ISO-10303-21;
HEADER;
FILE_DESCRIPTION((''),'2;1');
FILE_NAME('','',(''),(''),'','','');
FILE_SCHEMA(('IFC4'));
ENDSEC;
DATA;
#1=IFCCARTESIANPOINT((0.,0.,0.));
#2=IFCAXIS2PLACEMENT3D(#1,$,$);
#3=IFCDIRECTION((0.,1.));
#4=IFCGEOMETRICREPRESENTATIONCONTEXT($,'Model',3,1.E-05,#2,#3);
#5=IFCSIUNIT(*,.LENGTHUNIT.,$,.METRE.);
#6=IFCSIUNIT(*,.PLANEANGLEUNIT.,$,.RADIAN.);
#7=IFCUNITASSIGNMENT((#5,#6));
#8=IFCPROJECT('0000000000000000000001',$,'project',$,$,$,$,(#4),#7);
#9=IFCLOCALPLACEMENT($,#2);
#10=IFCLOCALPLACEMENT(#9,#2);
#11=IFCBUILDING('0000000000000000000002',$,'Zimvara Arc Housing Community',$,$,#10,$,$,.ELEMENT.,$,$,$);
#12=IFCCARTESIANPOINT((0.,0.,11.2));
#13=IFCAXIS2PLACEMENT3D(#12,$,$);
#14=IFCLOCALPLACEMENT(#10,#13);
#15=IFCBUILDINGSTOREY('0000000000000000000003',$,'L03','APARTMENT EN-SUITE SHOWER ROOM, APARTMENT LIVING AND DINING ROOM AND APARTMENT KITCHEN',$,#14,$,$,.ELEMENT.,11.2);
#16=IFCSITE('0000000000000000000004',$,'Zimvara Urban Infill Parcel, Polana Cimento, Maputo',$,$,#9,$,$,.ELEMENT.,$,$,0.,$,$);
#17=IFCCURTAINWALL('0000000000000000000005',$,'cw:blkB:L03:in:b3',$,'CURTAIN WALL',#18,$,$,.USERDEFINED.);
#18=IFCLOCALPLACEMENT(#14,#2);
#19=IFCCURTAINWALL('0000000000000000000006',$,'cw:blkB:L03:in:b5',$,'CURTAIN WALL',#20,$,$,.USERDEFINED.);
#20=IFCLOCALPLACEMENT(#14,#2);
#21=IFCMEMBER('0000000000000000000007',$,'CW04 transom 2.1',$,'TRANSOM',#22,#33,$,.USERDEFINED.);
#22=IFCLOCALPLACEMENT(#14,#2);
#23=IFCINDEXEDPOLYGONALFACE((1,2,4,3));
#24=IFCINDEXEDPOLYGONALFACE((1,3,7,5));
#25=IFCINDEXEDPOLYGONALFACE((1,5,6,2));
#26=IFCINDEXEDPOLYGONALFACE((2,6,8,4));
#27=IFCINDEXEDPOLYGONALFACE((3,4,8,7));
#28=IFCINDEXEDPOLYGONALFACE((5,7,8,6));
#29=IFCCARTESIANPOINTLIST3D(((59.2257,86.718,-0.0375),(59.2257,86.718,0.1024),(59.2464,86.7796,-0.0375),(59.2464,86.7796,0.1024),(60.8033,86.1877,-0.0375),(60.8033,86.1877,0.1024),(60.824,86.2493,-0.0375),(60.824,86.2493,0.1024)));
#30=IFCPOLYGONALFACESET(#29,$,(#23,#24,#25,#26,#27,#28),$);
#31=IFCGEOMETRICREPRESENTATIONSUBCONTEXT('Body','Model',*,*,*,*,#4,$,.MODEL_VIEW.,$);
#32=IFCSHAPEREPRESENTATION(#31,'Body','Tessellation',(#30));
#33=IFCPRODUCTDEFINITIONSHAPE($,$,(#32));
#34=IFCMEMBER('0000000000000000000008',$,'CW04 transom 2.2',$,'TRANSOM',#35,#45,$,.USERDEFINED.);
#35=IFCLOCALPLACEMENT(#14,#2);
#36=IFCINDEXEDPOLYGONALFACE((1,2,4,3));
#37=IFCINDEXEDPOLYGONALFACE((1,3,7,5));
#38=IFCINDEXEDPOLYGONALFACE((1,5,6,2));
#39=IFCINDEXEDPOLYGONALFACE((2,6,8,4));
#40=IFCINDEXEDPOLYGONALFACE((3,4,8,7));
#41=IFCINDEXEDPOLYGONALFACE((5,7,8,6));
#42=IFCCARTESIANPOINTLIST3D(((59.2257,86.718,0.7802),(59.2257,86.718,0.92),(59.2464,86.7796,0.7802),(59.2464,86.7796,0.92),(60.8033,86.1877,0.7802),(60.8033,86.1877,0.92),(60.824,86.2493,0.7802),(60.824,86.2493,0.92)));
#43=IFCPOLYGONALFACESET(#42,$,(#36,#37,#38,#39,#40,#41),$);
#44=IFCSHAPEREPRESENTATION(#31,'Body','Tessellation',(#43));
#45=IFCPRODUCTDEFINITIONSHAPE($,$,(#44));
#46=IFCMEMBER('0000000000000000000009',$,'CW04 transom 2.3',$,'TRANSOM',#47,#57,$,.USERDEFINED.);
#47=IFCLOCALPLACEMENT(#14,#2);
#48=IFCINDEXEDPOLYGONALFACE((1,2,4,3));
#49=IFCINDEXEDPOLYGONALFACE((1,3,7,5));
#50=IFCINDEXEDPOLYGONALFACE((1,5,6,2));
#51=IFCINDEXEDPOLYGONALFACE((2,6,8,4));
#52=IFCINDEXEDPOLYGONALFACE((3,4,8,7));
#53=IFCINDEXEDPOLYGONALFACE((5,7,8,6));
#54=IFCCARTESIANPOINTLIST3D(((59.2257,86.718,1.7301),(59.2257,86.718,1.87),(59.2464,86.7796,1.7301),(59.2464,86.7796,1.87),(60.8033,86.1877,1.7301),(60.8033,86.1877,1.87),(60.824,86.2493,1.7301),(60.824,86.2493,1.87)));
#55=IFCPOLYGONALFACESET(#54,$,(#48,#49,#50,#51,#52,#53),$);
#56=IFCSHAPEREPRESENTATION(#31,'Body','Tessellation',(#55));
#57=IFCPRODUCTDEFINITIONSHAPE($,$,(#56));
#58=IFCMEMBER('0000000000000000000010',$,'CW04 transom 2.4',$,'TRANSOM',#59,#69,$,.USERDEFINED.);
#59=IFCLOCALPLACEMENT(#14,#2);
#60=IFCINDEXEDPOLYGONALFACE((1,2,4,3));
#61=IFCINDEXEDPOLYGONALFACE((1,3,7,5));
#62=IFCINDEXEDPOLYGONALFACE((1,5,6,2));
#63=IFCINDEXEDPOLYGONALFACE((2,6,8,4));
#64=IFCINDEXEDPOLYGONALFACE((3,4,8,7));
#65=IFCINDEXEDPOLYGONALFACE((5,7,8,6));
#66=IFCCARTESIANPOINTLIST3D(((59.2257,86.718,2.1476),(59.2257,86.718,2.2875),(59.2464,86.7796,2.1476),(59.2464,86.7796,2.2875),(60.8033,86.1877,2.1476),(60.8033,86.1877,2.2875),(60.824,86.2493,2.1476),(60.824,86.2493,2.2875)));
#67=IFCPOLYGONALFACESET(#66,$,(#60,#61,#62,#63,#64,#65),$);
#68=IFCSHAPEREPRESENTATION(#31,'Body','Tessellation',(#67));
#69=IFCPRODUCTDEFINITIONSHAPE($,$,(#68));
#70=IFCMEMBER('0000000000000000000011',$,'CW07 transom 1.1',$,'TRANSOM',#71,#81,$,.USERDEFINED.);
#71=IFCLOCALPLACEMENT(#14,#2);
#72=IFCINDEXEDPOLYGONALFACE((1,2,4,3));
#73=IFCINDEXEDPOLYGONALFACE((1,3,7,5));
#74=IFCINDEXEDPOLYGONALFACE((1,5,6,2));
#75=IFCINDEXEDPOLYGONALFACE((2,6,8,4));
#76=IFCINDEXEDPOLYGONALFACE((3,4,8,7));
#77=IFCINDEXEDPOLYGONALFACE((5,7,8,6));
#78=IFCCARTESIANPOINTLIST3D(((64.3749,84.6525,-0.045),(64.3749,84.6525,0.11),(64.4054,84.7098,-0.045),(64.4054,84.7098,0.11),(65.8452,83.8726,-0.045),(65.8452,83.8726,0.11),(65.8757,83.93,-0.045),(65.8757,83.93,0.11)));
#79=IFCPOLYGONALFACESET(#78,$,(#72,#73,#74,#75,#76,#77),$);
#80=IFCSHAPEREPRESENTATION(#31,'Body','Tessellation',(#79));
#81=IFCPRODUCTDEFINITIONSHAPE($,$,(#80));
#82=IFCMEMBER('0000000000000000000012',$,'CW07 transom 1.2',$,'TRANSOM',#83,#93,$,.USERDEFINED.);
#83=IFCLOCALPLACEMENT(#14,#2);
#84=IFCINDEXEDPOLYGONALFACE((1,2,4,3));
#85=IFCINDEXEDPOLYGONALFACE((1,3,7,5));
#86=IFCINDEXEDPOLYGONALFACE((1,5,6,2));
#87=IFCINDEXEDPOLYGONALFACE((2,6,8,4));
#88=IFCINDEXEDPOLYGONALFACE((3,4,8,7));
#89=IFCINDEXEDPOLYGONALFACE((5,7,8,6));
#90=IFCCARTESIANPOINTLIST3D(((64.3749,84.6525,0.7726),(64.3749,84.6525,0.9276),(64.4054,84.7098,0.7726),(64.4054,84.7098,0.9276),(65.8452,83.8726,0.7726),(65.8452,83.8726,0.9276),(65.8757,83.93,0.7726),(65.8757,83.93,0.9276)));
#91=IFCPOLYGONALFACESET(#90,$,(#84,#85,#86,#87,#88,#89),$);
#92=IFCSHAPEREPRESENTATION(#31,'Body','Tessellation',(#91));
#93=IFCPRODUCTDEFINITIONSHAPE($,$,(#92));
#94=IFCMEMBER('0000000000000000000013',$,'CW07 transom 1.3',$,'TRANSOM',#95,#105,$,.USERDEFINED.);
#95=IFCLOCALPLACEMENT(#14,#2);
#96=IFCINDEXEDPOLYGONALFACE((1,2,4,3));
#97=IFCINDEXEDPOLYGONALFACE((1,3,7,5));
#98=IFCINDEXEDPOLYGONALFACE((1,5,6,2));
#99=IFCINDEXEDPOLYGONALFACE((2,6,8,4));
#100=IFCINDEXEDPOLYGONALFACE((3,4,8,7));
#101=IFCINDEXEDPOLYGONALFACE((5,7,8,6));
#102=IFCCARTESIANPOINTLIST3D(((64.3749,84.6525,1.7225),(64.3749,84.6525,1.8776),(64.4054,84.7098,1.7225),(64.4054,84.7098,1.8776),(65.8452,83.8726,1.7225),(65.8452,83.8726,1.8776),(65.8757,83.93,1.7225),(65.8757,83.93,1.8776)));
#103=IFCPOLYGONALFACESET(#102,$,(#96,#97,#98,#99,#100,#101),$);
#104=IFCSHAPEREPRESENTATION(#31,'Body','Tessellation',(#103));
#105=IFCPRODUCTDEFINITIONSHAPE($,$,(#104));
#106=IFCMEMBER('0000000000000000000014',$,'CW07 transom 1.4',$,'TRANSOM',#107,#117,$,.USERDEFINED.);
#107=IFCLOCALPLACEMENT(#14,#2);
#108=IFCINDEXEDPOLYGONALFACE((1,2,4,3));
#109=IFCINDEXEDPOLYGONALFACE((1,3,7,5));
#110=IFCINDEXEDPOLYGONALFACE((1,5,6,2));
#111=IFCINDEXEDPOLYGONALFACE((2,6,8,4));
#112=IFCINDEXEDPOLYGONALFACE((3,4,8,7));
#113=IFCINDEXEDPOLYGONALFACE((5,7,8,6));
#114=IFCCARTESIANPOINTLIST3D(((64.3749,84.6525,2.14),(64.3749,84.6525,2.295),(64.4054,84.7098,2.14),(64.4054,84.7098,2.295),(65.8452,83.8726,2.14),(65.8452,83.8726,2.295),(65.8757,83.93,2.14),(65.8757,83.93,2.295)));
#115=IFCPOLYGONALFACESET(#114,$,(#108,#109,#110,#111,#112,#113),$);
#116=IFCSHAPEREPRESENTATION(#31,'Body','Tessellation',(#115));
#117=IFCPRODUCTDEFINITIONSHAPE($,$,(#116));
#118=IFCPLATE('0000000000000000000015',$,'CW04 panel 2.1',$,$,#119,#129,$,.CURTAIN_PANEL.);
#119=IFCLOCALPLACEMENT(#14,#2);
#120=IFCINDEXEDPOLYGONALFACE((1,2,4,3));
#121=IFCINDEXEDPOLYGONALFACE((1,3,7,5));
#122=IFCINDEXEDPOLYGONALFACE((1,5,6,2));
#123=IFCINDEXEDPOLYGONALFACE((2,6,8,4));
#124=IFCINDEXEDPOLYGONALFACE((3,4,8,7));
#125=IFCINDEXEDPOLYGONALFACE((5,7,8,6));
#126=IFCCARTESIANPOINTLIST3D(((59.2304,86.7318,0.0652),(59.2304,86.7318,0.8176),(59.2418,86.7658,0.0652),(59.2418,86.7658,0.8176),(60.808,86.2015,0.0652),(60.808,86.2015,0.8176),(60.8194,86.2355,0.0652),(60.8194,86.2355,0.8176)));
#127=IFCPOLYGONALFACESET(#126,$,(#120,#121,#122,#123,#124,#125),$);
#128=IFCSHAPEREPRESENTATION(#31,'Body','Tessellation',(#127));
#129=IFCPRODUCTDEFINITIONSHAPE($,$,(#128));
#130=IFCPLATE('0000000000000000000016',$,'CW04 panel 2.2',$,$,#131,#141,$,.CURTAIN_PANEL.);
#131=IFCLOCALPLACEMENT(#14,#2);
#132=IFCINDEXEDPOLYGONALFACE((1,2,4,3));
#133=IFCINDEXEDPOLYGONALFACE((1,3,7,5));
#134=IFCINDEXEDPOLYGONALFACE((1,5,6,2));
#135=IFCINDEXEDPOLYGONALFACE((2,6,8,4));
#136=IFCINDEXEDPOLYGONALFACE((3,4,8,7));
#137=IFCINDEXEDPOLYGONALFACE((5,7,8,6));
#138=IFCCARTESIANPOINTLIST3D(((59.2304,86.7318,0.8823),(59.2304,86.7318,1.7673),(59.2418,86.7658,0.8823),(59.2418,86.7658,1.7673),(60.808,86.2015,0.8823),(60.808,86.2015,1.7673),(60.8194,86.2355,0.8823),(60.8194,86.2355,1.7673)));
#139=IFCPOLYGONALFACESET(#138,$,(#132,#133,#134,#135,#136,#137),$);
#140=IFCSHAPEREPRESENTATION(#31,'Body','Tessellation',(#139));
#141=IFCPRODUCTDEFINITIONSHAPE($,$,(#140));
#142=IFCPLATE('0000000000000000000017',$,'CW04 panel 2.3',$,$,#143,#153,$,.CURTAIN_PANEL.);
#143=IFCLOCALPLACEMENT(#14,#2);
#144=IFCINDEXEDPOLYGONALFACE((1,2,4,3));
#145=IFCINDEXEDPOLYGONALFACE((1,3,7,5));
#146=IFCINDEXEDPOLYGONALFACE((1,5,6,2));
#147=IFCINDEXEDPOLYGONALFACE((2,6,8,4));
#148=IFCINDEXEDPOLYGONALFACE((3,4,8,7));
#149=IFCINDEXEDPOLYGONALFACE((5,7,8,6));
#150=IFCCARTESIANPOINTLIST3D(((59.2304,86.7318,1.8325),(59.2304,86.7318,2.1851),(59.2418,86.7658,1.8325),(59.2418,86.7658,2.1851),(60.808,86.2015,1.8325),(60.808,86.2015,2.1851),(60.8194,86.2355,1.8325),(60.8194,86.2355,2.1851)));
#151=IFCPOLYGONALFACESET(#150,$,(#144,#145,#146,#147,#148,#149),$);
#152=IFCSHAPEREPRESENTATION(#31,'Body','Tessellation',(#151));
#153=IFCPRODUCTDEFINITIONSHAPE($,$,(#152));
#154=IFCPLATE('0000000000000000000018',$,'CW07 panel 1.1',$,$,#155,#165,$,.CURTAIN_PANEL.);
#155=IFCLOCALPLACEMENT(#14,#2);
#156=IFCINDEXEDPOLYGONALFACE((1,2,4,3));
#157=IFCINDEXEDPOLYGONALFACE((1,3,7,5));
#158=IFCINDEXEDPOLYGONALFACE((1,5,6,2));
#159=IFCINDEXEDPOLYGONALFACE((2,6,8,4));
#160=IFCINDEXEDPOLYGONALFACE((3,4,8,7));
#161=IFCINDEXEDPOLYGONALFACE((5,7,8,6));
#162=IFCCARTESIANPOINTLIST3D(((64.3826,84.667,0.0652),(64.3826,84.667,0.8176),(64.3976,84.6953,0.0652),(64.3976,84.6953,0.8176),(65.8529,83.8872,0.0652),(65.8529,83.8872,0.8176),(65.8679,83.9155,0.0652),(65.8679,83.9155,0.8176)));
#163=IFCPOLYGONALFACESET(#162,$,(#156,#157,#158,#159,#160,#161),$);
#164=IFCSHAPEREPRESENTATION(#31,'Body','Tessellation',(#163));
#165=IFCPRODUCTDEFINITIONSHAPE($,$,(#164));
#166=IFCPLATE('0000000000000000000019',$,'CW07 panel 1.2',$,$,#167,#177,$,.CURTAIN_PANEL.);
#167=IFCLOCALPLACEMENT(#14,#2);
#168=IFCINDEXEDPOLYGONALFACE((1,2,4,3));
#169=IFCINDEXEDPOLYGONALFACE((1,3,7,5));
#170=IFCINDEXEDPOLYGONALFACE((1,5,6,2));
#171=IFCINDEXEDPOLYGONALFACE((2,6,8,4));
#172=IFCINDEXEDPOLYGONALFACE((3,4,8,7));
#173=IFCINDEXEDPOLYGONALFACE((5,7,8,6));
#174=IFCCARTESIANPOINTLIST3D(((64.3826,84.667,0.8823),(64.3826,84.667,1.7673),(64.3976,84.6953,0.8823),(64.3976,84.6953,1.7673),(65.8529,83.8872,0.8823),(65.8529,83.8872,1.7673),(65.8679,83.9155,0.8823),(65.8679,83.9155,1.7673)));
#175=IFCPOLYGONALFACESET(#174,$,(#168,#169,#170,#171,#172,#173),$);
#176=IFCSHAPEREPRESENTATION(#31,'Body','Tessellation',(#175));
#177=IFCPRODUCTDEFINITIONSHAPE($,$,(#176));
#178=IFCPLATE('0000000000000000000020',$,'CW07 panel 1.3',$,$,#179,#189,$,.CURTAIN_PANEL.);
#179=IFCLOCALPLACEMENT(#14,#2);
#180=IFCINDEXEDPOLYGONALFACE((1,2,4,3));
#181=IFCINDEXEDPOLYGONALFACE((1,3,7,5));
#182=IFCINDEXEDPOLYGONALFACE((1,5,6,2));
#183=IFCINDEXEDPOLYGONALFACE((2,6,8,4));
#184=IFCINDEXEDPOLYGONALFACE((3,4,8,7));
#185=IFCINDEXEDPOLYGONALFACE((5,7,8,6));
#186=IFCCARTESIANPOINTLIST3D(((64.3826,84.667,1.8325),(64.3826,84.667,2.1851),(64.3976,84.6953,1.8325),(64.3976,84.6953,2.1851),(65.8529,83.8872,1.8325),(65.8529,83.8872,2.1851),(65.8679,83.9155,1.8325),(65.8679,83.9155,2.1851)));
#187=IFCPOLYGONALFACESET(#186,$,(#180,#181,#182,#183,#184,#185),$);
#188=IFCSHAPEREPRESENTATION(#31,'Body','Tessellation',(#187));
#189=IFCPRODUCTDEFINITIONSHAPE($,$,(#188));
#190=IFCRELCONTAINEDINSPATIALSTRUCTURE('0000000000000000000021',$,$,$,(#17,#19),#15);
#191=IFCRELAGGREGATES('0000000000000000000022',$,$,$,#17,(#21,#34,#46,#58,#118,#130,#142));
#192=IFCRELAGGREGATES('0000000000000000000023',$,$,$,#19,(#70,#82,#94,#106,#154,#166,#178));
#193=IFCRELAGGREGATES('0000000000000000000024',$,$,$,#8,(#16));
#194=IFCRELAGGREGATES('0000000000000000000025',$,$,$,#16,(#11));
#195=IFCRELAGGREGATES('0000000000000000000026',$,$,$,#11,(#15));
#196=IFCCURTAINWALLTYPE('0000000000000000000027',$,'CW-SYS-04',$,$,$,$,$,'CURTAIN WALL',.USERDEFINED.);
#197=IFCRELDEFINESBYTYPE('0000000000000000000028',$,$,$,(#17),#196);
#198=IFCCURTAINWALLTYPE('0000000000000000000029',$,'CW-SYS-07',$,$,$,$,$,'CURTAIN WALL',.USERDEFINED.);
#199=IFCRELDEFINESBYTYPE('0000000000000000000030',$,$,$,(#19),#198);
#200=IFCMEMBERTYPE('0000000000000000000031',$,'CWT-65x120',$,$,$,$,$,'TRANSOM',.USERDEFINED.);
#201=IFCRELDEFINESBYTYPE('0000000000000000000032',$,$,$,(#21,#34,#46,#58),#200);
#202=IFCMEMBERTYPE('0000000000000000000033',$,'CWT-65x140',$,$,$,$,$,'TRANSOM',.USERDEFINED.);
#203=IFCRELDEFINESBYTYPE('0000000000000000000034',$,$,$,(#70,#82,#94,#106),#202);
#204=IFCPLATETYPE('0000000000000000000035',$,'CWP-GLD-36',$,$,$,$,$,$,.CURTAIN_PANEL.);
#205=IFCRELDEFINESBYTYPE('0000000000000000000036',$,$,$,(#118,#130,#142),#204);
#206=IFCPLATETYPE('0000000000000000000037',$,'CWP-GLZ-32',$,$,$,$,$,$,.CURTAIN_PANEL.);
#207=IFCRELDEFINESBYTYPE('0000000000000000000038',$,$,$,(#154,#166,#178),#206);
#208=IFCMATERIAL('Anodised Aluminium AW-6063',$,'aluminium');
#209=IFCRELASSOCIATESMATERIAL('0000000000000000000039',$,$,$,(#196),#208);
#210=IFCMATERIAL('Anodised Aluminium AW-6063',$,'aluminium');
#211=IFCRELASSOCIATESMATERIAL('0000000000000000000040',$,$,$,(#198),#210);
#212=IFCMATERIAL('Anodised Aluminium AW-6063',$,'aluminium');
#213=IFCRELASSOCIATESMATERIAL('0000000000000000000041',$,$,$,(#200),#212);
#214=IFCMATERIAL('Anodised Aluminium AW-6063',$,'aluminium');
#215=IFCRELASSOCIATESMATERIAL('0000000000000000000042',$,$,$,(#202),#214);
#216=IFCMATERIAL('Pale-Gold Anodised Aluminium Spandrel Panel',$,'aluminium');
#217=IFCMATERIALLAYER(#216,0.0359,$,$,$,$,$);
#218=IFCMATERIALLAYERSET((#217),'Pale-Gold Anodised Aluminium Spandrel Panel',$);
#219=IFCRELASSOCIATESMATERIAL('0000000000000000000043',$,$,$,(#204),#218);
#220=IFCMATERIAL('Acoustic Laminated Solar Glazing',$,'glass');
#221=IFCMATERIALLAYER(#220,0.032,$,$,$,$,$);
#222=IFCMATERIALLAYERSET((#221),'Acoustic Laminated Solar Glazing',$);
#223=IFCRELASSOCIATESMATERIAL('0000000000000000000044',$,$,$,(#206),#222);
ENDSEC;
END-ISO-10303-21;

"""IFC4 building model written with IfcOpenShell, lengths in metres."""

from ifc_helpers import new_model, si_unit, direction, frame, origin, origin_2d, place, context, subcontext, project, spatial, rectangle, extrude, material, layer, layer_set, material_profile, profile_set, type_object, element, aggregate, save


model = new_model("IFC4")

# Units and contexts
model_context = context("Model", 3, precision=1e-05, world=origin(), true_north=direction((0.0, 1.0)))
body_context = subcontext(model_context, "Body", "Model", "MODEL_VIEW")
ifc_project = project(units=[si_unit("LENGTHUNIT", "METRE"), si_unit("PLANEANGLEUNIT", "RADIAN")], contexts=[model_context])

# Site, building, storey
site_placement = place(None, origin())
site = spatial("IfcSite", under=ifc_project, at=site_placement, Name="Zimvara Urban Infill Parcel, Polana Cimento, Maputo", CompositionType="ELEMENT", RefElevation=0.0)
building_placement = place(site_placement, origin())
building = spatial("IfcBuilding", under=site, at=building_placement, Name="Zimvara Arc Housing Community", CompositionType="ELEMENT")
storey_placement = place(building_placement, frame((0.0, 0.0, 11.2)))
storey = spatial("IfcBuildingStorey", under=building, at=storey_placement, Name="L03", Description="APARTMENT EN-SUITE SHOWER ROOM, APARTMENT LIVING AND DINING ROOM AND APARTMENT KITCHEN", CompositionType="ELEMENT", Elevation=11.2)

# Curtain walls
ifc_material_1 = material(Name="Anodised Aluminium AW-6063", Category="aluminium")
curtain_wall_type_1 = type_object("IfcCurtainWallType", Name="CW-SYS-04", ElementType="CURTAIN WALL", PredefinedType="USERDEFINED", material=ifc_material_1)
curtain_wall_1_placement = place(storey_placement, origin())
curtain_wall_1 = element("IfcCurtainWall", 1, at=curtain_wall_1_placement, inside=storey, type_object=curtain_wall_type_1, Name="cw:blkB:L03:in:b3", ObjectType="CURTAIN WALL", PredefinedType="USERDEFINED")
ifc_material_2 = material(Name="Anodised Aluminium AW-6063", Category="aluminium")
curtain_wall_type_2 = type_object("IfcCurtainWallType", Name="CW-SYS-07", ElementType="CURTAIN WALL", PredefinedType="USERDEFINED", material=ifc_material_2)
curtain_wall_2_placement = place(storey_placement, origin())
curtain_wall_2 = element("IfcCurtainWall", 2, at=curtain_wall_2_placement, inside=storey, type_object=curtain_wall_type_2, Name="cw:blkB:L03:in:b5", ObjectType="CURTAIN WALL", PredefinedType="USERDEFINED")

# Members
ifc_material_3 = material(Name="Anodised Aluminium AW-6063", Category="aluminium")
ifc_material_profile_1 = material_profile(ifc_material_3, rectangle(XDim=0.0649, YDim=0.1399, at=origin_2d()), Name="ALU 65x140")
ifc_profile_set_1 = profile_set([ifc_material_profile_1], Name="Anodised Aluminium AW-6063")
member_type_1 = type_object("IfcMemberType", Name="CWT-65x120", ElementType="TRANSOM", PredefinedType="USERDEFINED", material=ifc_profile_set_1)
member_1_placement = place(storey_placement, frame((59.2361, 86.7488, 0.0325), z_axis=(0.947888, -0.318603, 0.0), x_axis=(0.318603, 0.947888, 0.0)))
member_1 = element("IfcMember", 3, at=member_1_placement, type_object=member_type_1, Name="CW04 transom 2.1", ObjectType="TRANSOM", PredefinedType="USERDEFINED", context=body_context, shape_type="SweptSolid", body=[
    extrude(rectangle(XDim=0.0649, YDim=0.1399, at=origin_2d()), origin(), (0.0, 0.0, 1.0), 1.6643),
])
member_2_placement = place(storey_placement, frame((59.2361, 86.7488, 0.8501), z_axis=(0.947888, -0.318603, 0.0), x_axis=(0.318603, 0.947888, 0.0)))
member_2 = element("IfcMember", 4, at=member_2_placement, type_object=member_type_1, Name="CW04 transom 2.2", ObjectType="TRANSOM", PredefinedType="USERDEFINED", context=body_context, shape_type="SweptSolid", body=[
    extrude(rectangle(XDim=0.0649, YDim=0.1399, at=origin_2d()), origin(), (0.0, 0.0, 1.0), 1.6643),
])
member_3_placement = place(storey_placement, frame((59.2361, 86.7488, 1.8), z_axis=(0.947888, -0.318603, 0.0), x_axis=(0.318603, 0.947888, 0.0)))
member_3 = element("IfcMember", 5, at=member_3_placement, type_object=member_type_1, Name="CW04 transom 2.3", ObjectType="TRANSOM", PredefinedType="USERDEFINED", context=body_context, shape_type="SweptSolid", body=[
    extrude(rectangle(XDim=0.0649, YDim=0.1399, at=origin_2d()), origin(), (0.0, 0.0, 1.0), 1.6643),
])
member_4_placement = place(storey_placement, frame((59.2361, 86.7488, 2.2175), z_axis=(0.947888, -0.318603, 0.0), x_axis=(0.318603, 0.947888, 0.0)))
member_4 = element("IfcMember", 6, at=member_4_placement, type_object=member_type_1, Name="CW04 transom 2.4", ObjectType="TRANSOM", PredefinedType="USERDEFINED", context=body_context, shape_type="SweptSolid", body=[
    extrude(rectangle(XDim=0.0649, YDim=0.1399, at=origin_2d()), origin(), (0.0, 0.0, 1.0), 1.6643),
])
ifc_material_4 = material(Name="Anodised Aluminium AW-6063", Category="aluminium")
ifc_material_profile_2 = material_profile(ifc_material_4, rectangle(XDim=0.0649, YDim=0.155, at=origin_2d()), Name="ALU 65x155")
ifc_profile_set_2 = profile_set([ifc_material_profile_2], Name="Anodised Aluminium AW-6063")
member_type_2 = type_object("IfcMemberType", Name="CWT-65x140", ElementType="TRANSOM", PredefinedType="USERDEFINED", material=ifc_profile_set_2)
member_5_placement = place(storey_placement, frame((64.3901, 84.6812, 0.0325), z_axis=(0.883431, -0.468562, 0.0), x_axis=(0.468562, 0.883431, 0.0)))
member_5 = element("IfcMember", 7, at=member_5_placement, type_object=member_type_2, Name="CW07 transom 1.1", ObjectType="TRANSOM", PredefinedType="USERDEFINED", context=body_context, shape_type="SweptSolid", body=[
    extrude(rectangle(XDim=0.0649, YDim=0.155, at=origin_2d()), origin(), (0.0, 0.0, 1.0), 1.6643),
])
member_6_placement = place(storey_placement, frame((64.3901, 84.6812, 0.8501), z_axis=(0.883431, -0.468562, 0.0), x_axis=(0.468562, 0.883431, 0.0)))
member_6 = element("IfcMember", 8, at=member_6_placement, type_object=member_type_2, Name="CW07 transom 1.2", ObjectType="TRANSOM", PredefinedType="USERDEFINED", context=body_context, shape_type="SweptSolid", body=[
    extrude(rectangle(XDim=0.0649, YDim=0.155, at=origin_2d()), origin(), (0.0, 0.0, 1.0), 1.6643),
])
member_7_placement = place(storey_placement, frame((64.3901, 84.6812, 1.8), z_axis=(0.883431, -0.468562, 0.0), x_axis=(0.468562, 0.883431, 0.0)))
member_7 = element("IfcMember", 9, at=member_7_placement, type_object=member_type_2, Name="CW07 transom 1.3", ObjectType="TRANSOM", PredefinedType="USERDEFINED", context=body_context, shape_type="SweptSolid", body=[
    extrude(rectangle(XDim=0.0649, YDim=0.155, at=origin_2d()), origin(), (0.0, 0.0, 1.0), 1.6643),
])
member_8_placement = place(storey_placement, frame((64.3901, 84.6812, 2.2175), z_axis=(0.883431, -0.468562, 0.0), x_axis=(0.468562, 0.883431, 0.0)))
member_8 = element("IfcMember", 10, at=member_8_placement, type_object=member_type_2, Name="CW07 transom 1.4", ObjectType="TRANSOM", PredefinedType="USERDEFINED", context=body_context, shape_type="SweptSolid", body=[
    extrude(rectangle(XDim=0.0649, YDim=0.155, at=origin_2d()), origin(), (0.0, 0.0, 1.0), 1.6643),
])

# Plates
ifc_material_5 = material(Name="Pale-Gold Anodised Aluminium Spandrel Panel", Category="aluminium")
ifc_layer_1 = layer(ifc_material_5, 0.0359)
ifc_layer_set_1 = layer_set([ifc_layer_1], Name="Pale-Gold Anodised Aluminium Spandrel Panel")
plate_type_1 = type_object("IfcPlateType", Name="CWP-GLD-36", PredefinedType="CURTAIN_PANEL", material=ifc_layer_set_1)
plate_1_placement = place(storey_placement, frame((60.0249, 86.4836, 0.0652), z_axis=(0.0, 0.0, 1.0), x_axis=(0.947879, -0.31863, 0.0)))
plate_1 = element("IfcPlate", 11, at=plate_1_placement, type_object=plate_type_1, Name="CW04 panel 2.1", PredefinedType="CURTAIN_PANEL", context=body_context, shape_type="SweptSolid", body=[
    extrude(rectangle(XDim=1.6643, YDim=0.0359, at=origin_2d()), origin(), (0.0, 0.0, 1.0), 0.7524),
])
plate_2_placement = place(storey_placement, frame((60.0249, 86.4836, 0.8823), z_axis=(0.0, 0.0, 1.0), x_axis=(0.947879, -0.31863, 0.0)))
plate_2 = element("IfcPlate", 12, at=plate_2_placement, type_object=plate_type_1, Name="CW04 panel 2.2", PredefinedType="CURTAIN_PANEL", context=body_context, shape_type="SweptSolid", body=[
    extrude(rectangle(XDim=1.6643, YDim=0.0359, at=origin_2d()), origin(), (0.0, 0.0, 1.0), 0.885),
])
plate_3_placement = place(storey_placement, frame((60.0249, 86.4836, 1.8325), z_axis=(0.0, 0.0, 1.0), x_axis=(0.947879, -0.31863, 0.0)))
plate_3 = element("IfcPlate", 13, at=plate_3_placement, type_object=plate_type_1, Name="CW04 panel 2.3", PredefinedType="CURTAIN_PANEL", context=body_context, shape_type="SweptSolid", body=[
    extrude(rectangle(XDim=1.6643, YDim=0.0359, at=origin_2d()), origin(), (0.0, 0.0, 1.0), 0.3525),
])
aggregate(curtain_wall_1, [member_1, member_2, member_3, member_4, plate_1, plate_2, plate_3])
ifc_material_6 = material(Name="Acoustic Laminated Solar Glazing", Category="glass")
ifc_layer_2 = layer(ifc_material_6, 0.032)
ifc_layer_set_2 = layer_set([ifc_layer_2], Name="Acoustic Laminated Solar Glazing")
plate_type_2 = type_object("IfcPlateType", Name="CWP-GLZ-32", PredefinedType="CURTAIN_PANEL", material=ifc_layer_set_2)
plate_4_placement = place(storey_placement, frame((65.1252, 84.2913, 0.0652), z_axis=(0.0, 0.0, 1.0), x_axis=(0.88344, -0.468545, 0.0)))
plate_4 = element("IfcPlate", 14, at=plate_4_placement, type_object=plate_type_2, Name="CW07 panel 1.1", PredefinedType="CURTAIN_PANEL", context=body_context, shape_type="SweptSolid", body=[
    extrude(rectangle(XDim=1.6643, YDim=0.032, at=origin_2d()), origin(), (0.0, 0.0, 1.0), 0.7524),
])
plate_5_placement = place(storey_placement, frame((65.1252, 84.2913, 0.8823), z_axis=(0.0, 0.0, 1.0), x_axis=(0.88344, -0.468545, 0.0)))
plate_5 = element("IfcPlate", 15, at=plate_5_placement, type_object=plate_type_2, Name="CW07 panel 1.2", PredefinedType="CURTAIN_PANEL", context=body_context, shape_type="SweptSolid", body=[
    extrude(rectangle(XDim=1.6643, YDim=0.032, at=origin_2d()), origin(), (0.0, 0.0, 1.0), 0.885),
])
plate_6_placement = place(storey_placement, frame((65.1252, 84.2913, 1.8325), z_axis=(0.0, 0.0, 1.0), x_axis=(0.88344, -0.468545, 0.0)))
plate_6 = element("IfcPlate", 16, at=plate_6_placement, type_object=plate_type_2, Name="CW07 panel 1.3", PredefinedType="CURTAIN_PANEL", context=body_context, shape_type="SweptSolid", body=[
    extrude(rectangle(XDim=1.6643, YDim=0.032, at=origin_2d()), origin(), (0.0, 0.0, 1.0), 0.3525),
])
aggregate(curtain_wall_2, [member_5, member_6, member_7, member_8, plate_4, plate_5, plate_6])

save(model, "model.ifc")
